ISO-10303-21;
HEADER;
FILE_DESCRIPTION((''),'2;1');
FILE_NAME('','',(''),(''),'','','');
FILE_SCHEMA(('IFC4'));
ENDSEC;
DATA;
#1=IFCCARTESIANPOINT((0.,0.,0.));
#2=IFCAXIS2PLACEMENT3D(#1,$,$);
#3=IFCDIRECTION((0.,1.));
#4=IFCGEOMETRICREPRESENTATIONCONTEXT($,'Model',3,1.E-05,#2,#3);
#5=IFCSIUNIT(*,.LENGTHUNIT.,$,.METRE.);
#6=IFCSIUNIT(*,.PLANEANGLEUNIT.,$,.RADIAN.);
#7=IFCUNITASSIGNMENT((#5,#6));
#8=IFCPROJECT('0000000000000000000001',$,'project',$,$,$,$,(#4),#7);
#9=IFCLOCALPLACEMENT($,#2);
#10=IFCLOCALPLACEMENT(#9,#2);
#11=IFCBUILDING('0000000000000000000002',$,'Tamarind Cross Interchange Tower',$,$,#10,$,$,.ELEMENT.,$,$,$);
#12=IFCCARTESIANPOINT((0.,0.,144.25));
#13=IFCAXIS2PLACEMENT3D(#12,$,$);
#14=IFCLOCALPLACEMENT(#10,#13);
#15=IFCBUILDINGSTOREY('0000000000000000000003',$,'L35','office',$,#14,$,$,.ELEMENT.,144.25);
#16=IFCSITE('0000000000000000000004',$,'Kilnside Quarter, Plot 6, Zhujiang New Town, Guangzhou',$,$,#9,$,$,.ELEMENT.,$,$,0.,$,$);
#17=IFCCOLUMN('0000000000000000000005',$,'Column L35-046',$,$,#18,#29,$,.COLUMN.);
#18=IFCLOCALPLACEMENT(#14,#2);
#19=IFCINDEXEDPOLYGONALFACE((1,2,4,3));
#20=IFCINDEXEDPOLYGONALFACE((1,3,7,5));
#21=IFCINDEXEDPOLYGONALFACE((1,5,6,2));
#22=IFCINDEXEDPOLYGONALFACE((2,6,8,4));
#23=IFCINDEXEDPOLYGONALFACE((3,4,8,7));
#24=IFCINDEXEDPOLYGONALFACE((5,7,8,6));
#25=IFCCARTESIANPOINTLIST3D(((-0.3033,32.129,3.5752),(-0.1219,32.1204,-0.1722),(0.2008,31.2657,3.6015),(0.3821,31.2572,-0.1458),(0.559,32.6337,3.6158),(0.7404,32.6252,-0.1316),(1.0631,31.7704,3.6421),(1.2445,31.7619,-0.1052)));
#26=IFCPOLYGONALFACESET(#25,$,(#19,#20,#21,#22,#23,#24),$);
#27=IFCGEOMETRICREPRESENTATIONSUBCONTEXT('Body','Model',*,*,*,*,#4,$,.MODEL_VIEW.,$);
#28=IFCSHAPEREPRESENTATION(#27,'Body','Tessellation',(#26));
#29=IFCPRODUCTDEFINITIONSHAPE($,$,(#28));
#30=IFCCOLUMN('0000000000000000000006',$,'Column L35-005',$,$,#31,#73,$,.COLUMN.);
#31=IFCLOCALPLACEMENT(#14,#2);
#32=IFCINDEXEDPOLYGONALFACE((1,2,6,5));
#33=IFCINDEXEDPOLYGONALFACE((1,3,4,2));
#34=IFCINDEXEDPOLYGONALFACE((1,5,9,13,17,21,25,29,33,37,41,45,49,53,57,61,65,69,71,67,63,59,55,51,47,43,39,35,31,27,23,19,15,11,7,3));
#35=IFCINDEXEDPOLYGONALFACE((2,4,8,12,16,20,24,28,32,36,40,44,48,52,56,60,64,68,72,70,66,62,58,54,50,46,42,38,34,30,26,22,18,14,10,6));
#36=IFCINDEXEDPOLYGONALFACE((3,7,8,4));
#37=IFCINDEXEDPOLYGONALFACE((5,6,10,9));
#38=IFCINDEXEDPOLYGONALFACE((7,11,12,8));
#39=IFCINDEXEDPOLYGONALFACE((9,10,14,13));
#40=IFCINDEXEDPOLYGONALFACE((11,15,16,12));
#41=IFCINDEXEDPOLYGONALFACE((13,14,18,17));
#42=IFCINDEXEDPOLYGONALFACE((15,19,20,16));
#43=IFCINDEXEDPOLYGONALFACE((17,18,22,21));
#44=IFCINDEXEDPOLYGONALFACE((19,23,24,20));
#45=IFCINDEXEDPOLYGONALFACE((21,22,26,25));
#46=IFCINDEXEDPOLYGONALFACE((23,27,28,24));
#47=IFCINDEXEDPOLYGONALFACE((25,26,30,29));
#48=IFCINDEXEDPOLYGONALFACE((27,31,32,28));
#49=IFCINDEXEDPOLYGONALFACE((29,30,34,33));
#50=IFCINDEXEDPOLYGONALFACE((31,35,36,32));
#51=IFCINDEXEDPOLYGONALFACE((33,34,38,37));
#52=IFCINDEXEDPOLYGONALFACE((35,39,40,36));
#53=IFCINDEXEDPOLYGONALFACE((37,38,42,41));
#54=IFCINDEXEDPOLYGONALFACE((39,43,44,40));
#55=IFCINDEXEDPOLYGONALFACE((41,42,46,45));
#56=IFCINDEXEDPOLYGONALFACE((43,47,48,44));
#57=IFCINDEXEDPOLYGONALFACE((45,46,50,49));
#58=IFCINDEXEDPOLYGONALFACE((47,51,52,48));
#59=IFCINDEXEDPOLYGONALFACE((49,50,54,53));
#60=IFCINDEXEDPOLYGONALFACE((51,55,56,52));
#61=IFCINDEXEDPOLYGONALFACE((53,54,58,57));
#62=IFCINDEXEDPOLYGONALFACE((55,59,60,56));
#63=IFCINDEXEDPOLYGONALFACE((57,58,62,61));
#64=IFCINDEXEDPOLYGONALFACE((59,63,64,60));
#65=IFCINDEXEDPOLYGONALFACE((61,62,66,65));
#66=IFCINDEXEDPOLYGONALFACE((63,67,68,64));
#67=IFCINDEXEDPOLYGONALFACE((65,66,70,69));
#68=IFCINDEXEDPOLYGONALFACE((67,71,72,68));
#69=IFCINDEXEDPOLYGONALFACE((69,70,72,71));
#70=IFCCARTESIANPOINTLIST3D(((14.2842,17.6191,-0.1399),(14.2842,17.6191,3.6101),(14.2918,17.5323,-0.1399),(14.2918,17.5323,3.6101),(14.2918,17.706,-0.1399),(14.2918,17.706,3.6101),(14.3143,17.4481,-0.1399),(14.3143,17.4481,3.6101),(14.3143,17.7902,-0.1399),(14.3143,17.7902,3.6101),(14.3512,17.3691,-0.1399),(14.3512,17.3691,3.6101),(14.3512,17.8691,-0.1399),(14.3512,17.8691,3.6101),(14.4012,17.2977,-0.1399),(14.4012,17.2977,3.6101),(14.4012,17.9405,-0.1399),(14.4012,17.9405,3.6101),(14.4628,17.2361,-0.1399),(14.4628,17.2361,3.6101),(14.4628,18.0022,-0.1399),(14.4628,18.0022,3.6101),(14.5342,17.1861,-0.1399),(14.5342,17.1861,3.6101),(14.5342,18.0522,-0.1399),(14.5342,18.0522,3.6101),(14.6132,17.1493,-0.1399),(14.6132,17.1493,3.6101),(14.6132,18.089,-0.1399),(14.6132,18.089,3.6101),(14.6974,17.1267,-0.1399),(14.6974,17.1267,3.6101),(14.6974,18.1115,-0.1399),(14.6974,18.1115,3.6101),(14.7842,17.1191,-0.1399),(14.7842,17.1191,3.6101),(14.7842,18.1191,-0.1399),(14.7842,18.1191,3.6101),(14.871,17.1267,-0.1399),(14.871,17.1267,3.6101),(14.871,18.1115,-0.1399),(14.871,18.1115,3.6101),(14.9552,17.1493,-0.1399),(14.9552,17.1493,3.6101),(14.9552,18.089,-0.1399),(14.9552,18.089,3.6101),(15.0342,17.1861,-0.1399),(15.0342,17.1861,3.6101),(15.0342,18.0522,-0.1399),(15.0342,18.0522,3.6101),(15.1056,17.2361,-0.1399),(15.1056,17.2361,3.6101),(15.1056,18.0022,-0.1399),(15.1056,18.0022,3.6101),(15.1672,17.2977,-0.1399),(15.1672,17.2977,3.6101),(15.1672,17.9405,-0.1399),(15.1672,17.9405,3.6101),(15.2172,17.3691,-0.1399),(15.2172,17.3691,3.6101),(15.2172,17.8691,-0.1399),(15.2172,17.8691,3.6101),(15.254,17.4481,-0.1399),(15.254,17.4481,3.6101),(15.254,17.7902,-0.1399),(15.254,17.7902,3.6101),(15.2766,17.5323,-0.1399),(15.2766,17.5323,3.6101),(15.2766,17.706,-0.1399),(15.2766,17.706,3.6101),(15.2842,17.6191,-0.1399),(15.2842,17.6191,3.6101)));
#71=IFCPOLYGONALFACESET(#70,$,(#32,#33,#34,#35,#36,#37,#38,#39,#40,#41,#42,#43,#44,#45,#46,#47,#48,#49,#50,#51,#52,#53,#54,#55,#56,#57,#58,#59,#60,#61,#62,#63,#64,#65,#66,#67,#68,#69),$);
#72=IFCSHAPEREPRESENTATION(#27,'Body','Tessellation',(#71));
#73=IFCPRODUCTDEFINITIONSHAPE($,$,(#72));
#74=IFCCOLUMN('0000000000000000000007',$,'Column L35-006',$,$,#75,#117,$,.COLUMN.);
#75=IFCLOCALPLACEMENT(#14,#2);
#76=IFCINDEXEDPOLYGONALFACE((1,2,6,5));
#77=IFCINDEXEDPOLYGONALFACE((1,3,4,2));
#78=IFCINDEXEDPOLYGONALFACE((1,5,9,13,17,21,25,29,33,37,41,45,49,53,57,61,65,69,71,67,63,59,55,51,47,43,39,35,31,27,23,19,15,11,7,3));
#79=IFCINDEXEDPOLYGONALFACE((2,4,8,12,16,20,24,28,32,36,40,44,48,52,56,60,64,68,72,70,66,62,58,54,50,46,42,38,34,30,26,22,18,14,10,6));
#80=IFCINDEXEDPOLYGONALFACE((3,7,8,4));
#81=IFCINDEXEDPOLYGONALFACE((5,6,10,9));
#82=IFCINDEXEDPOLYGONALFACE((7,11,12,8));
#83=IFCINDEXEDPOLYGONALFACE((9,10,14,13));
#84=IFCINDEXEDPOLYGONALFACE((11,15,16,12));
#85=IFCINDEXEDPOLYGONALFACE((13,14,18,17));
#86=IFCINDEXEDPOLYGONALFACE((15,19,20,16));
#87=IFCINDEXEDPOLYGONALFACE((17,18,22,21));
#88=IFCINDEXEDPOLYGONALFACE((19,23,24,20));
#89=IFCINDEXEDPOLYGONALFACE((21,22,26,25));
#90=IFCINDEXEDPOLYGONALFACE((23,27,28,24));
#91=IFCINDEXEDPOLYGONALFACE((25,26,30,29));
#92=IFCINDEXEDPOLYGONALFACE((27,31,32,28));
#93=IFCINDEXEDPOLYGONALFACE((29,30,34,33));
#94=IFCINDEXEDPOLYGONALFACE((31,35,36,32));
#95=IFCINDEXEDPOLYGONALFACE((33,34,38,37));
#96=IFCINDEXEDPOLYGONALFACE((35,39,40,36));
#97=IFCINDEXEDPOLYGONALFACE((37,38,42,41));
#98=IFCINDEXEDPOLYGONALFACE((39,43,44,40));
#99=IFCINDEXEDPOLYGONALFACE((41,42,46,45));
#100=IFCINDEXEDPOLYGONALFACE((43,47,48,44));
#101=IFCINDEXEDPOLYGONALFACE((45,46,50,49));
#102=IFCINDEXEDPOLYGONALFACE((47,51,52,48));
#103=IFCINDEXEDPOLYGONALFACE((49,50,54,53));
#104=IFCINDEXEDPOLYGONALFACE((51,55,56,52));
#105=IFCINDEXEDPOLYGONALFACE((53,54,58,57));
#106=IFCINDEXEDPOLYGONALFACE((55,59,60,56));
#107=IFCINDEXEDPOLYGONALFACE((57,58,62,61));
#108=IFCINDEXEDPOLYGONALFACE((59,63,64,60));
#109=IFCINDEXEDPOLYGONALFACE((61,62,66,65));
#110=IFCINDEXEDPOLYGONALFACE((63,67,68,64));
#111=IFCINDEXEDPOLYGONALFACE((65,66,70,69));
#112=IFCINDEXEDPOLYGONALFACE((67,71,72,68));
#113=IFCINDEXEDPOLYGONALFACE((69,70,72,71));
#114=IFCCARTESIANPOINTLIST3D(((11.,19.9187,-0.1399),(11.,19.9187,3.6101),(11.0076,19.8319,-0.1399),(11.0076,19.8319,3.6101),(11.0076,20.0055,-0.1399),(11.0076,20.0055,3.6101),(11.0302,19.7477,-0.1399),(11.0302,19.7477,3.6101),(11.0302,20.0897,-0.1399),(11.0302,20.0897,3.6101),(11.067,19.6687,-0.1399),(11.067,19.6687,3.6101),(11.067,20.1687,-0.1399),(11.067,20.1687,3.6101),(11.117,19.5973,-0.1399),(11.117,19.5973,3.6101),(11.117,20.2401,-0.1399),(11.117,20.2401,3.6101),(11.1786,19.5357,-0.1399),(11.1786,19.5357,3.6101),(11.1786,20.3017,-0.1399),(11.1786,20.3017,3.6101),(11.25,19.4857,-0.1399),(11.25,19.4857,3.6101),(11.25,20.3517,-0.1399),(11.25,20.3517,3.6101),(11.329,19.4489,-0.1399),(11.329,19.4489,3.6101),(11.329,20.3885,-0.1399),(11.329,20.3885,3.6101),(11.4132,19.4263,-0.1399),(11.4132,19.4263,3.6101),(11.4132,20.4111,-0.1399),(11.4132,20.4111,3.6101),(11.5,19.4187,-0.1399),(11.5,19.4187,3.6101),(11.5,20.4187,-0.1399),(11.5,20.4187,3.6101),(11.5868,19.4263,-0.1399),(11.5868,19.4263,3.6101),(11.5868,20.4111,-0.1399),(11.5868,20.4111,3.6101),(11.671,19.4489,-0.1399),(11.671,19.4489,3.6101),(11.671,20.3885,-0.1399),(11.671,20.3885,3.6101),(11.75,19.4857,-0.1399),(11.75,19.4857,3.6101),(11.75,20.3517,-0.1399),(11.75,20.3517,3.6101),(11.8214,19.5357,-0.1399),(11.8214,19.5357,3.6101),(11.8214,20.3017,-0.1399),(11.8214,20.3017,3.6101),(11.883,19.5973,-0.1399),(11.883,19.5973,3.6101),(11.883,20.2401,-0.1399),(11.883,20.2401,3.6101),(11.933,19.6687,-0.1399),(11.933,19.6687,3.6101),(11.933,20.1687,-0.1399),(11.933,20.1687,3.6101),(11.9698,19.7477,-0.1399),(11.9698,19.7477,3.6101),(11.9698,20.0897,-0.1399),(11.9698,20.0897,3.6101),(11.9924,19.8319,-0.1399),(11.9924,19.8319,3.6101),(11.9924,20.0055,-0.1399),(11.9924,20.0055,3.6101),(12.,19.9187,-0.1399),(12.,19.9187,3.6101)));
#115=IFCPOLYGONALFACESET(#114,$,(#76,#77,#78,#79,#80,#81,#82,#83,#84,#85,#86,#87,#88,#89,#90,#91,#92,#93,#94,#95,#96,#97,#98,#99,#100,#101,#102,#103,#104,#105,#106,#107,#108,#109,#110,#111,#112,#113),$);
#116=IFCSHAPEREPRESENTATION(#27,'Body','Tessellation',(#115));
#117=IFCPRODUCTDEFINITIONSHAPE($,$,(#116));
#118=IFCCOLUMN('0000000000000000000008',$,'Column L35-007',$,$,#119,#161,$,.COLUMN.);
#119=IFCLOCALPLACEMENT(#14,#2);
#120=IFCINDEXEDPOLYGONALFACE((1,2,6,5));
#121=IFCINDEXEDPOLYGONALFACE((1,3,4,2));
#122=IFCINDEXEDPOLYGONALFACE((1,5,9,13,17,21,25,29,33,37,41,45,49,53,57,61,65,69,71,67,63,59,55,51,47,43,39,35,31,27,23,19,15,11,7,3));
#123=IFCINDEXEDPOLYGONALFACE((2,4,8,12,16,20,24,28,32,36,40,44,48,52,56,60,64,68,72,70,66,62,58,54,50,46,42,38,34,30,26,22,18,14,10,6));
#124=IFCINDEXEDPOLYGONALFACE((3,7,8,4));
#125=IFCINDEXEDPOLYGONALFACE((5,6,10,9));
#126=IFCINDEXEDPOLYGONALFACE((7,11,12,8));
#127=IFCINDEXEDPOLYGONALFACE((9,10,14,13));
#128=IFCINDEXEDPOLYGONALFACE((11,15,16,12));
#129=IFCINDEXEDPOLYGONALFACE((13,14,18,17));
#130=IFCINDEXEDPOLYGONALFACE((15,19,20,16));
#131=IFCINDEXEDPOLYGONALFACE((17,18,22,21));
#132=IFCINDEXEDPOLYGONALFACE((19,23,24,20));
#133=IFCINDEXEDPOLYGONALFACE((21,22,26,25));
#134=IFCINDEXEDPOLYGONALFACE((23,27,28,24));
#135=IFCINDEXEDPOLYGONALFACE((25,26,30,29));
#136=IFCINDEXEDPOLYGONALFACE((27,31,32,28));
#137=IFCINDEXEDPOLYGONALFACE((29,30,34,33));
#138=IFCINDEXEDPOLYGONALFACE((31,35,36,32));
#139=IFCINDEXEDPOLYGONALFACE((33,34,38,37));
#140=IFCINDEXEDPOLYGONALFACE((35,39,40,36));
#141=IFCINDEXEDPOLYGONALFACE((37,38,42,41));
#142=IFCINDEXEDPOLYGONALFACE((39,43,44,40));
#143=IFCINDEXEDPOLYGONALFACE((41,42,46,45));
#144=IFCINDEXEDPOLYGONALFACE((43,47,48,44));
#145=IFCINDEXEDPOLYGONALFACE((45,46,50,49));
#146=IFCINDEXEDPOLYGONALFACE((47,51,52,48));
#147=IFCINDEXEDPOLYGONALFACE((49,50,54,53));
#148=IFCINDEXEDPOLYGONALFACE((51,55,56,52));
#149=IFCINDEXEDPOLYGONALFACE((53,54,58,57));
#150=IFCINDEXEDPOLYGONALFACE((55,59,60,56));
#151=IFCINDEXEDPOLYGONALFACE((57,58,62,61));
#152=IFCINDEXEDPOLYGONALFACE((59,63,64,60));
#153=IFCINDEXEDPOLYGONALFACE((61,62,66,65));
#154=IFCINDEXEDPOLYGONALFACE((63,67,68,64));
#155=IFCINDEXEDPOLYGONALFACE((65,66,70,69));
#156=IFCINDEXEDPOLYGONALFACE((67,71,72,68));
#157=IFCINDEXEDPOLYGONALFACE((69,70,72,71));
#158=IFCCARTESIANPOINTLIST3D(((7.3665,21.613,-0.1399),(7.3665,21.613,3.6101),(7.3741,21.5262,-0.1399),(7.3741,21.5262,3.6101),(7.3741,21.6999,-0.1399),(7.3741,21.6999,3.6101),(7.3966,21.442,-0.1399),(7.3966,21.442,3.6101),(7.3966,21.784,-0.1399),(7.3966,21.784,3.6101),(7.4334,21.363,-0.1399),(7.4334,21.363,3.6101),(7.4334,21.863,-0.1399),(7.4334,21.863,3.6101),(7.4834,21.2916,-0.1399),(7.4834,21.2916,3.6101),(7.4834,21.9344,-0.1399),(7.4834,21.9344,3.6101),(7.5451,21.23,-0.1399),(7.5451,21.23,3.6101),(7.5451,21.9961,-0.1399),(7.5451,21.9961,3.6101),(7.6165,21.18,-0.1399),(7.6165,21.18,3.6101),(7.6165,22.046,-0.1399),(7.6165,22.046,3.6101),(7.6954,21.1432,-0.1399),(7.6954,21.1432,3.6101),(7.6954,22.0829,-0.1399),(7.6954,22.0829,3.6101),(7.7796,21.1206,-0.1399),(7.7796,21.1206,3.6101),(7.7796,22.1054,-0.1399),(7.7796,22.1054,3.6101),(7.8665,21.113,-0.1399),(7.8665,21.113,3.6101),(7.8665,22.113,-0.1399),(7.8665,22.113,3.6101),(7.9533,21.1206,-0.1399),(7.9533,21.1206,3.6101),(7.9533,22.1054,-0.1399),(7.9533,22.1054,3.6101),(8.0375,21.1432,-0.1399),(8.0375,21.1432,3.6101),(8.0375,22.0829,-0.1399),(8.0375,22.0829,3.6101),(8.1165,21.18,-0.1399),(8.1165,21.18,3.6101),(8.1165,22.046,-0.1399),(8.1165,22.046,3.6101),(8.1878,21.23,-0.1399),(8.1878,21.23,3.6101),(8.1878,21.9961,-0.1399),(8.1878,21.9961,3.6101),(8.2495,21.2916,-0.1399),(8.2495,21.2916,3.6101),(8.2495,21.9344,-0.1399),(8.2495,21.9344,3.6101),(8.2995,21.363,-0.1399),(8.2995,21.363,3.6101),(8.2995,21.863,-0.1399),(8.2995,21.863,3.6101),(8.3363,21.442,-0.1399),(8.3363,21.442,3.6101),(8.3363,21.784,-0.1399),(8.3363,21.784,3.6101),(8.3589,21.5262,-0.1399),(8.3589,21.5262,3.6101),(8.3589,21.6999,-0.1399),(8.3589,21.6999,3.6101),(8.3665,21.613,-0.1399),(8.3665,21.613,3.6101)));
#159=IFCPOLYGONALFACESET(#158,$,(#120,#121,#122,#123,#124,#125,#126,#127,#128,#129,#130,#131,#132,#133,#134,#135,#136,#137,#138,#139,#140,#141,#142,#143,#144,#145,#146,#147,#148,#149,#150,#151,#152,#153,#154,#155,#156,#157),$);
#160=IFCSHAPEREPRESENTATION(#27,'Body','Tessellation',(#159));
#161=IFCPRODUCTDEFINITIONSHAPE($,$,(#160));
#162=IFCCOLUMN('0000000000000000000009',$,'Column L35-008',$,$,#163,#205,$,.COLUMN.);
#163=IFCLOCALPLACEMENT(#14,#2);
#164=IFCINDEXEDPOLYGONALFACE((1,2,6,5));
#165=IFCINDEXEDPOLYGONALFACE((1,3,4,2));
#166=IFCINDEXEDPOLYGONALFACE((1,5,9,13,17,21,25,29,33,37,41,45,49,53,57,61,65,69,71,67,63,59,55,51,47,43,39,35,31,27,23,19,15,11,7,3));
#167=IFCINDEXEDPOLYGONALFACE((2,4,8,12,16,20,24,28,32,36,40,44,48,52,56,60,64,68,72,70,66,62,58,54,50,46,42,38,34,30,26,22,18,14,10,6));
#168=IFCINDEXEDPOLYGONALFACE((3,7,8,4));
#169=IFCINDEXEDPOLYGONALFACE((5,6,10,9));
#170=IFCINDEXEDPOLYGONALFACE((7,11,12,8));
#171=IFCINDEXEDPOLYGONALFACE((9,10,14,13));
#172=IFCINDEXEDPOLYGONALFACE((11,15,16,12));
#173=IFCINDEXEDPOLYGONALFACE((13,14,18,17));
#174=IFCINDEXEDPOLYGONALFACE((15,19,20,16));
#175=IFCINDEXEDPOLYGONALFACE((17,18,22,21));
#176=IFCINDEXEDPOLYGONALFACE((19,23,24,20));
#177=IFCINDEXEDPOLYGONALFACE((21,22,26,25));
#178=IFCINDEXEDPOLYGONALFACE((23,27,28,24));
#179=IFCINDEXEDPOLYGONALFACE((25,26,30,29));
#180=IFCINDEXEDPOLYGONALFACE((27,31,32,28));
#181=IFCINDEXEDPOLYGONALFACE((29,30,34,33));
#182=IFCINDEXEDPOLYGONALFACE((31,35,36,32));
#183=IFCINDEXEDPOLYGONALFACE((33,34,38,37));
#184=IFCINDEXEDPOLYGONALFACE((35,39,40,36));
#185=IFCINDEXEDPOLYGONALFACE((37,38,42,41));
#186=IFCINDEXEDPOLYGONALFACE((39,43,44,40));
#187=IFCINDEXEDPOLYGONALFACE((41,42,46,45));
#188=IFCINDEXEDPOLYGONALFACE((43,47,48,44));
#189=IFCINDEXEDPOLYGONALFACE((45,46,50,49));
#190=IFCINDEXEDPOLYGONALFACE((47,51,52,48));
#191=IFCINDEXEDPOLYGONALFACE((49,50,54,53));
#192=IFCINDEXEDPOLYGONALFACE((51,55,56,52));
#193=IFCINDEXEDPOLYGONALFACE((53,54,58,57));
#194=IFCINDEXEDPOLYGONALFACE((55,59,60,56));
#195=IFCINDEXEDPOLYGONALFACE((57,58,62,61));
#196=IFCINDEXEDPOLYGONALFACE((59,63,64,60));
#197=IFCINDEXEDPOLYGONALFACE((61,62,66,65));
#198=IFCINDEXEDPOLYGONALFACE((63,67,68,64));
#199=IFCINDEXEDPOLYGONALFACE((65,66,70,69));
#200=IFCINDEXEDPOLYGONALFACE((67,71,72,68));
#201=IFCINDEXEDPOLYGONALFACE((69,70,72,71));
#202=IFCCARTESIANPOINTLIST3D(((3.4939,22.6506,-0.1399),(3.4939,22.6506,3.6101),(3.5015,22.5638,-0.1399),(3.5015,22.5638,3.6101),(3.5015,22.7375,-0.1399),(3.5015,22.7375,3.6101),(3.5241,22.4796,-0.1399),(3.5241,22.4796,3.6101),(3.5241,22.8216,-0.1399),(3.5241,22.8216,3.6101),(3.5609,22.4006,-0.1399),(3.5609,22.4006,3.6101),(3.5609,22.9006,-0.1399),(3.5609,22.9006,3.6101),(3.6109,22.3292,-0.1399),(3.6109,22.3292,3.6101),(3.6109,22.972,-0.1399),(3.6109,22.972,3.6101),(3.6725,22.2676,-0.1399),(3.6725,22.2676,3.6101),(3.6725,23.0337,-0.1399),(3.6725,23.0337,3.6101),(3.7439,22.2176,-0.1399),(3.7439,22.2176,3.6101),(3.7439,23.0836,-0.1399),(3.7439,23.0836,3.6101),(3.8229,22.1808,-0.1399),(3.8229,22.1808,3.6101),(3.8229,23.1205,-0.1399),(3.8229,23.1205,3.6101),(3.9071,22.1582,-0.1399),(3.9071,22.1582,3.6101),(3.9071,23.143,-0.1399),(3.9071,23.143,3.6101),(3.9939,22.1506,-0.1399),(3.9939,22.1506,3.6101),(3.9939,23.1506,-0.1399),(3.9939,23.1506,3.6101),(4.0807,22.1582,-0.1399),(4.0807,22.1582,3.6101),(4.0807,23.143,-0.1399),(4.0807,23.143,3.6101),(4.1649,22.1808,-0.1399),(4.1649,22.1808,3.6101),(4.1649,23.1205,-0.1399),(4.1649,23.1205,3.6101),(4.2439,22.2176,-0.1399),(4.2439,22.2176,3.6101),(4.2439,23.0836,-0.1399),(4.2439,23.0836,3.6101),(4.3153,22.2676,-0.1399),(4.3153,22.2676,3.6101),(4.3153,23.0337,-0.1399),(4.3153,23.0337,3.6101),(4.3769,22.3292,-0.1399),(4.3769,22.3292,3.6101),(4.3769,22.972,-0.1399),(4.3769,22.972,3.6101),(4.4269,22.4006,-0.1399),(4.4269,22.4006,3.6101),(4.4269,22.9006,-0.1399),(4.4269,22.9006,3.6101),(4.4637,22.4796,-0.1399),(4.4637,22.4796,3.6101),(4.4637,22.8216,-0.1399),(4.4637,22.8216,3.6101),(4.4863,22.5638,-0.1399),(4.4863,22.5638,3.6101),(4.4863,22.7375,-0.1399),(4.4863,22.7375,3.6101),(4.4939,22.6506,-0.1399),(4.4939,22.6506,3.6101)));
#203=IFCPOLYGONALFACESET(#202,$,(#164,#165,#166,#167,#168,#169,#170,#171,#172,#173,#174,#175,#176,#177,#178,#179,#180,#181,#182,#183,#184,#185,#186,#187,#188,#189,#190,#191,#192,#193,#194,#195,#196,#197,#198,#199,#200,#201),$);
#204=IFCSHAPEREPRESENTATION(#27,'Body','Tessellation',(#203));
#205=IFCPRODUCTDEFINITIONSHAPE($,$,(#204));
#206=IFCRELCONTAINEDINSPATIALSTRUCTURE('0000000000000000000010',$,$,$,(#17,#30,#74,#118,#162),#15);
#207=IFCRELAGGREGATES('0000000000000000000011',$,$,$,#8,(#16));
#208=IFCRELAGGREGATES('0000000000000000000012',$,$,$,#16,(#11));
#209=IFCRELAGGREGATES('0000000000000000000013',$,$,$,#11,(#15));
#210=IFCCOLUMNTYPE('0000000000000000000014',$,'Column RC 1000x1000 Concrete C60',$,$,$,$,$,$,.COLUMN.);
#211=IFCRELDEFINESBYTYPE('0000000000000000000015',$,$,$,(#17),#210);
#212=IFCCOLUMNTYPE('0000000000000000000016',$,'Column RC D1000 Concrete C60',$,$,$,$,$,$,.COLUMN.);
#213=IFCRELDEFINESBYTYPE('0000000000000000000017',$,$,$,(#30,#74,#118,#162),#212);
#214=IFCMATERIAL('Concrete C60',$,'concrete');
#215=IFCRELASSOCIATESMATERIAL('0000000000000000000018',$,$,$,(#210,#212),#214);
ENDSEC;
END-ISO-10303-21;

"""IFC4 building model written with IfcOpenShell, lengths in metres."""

from ifc_helpers import new_model, si_unit, direction, frame, origin, origin_2d, place, context, subcontext, project, spatial, rectangle, circle, extrude, material, material_profile, profile_set, type_object, element, save


model = new_model("IFC4")

# Units and contexts
model_context = context("Model", 3, precision=1e-05, world=origin(), true_north=direction((0.0, 1.0)))
body_context = subcontext(model_context, "Body", "Model", "MODEL_VIEW")
ifc_project = project(units=[si_unit("LENGTHUNIT", "METRE"), si_unit("PLANEANGLEUNIT", "RADIAN")], contexts=[model_context])

# Site, building, storey
site_placement = place(None, origin())
site = spatial("IfcSite", under=ifc_project, at=site_placement, Name="Kilnside Quarter, Plot 6, Zhujiang New Town, Guangzhou", CompositionType="ELEMENT", RefElevation=0.0)
building_placement = place(site_placement, origin())
building = spatial("IfcBuilding", under=site, at=building_placement, Name="Tamarind Cross Interchange Tower", CompositionType="ELEMENT")
storey_placement = place(building_placement, frame((0.0, 0.0, 144.25)))
storey = spatial("IfcBuildingStorey", under=building, at=storey_placement, Name="L35", Description="office", CompositionType="ELEMENT", Elevation=144.25)

# Columns
ifc_material_1 = material(Name="Concrete C60", Category="concrete")
ifc_material_profile_1 = material_profile(ifc_material_1, rectangle(XDim=1.0, YDim=1.0, at=origin_2d()), Name="RC 1000x1000")
ifc_profile_set_1 = profile_set([ifc_material_profile_1], Name="Concrete C60")
column_type_1 = type_object("IfcColumnType", Name="Column RC 1000x1000 Concrete C60", PredefinedType="COLUMN", material=ifc_profile_set_1)
column_placement = place(storey_placement, frame((0.5613, 31.9412, -0.1387), z_axis=(-0.04835, 0.002278, 0.998828), x_axis=(0.504057, -0.863268, 0.026368)))
element("IfcColumn", 1, at=column_placement, inside=storey, type_object=column_type_1, Name="Column L35-046", PredefinedType="COLUMN", context=body_context, shape_type="SweptSolid", body=[
    extrude(rectangle(XDim=1.0, YDim=1.0, at=origin_2d()), origin(), (0.0, 0.0, 1.0), 3.7517),
])
ifc_material_profile_2 = material_profile(ifc_material_1, circle(Radius=0.5, at=origin_2d()), Name="RC D1000")
ifc_profile_set_2 = profile_set([ifc_material_profile_2], Name="Concrete C60")
column_type_2 = type_object("IfcColumnType", Name="Column RC D1000 Concrete C60", PredefinedType="COLUMN", material=ifc_profile_set_2)
for number, where, z_axis, x_axis, name in (
    (2, (14.7842, 17.6191, -0.1399), (0.0, 0.0, 1.0), (1.0, 0.0, 0.0), "Column L35-005"),
    (3, (11.5, 19.9187, -0.1399), (0.0, 0.0, 1.0), (1.0, 0.0, 0.0), "Column L35-006"),
    (4, (7.8665, 21.613, -0.1399), (0.0, 0.0, 1.0), (1.0, 0.0, 0.0), "Column L35-007"),
    (5, (3.9939, 22.6506, -0.1399), (0.0, 0.0, 1.0), (1.0, 0.0, 0.0), "Column L35-008"),
):
    element("IfcColumn", number, at=place(storey_placement, frame(where, z_axis=z_axis, x_axis=x_axis)), inside=storey, type_object=column_type_2, Name=name, PredefinedType="COLUMN", context=body_context, shape_type="SweptSolid", body=[
        extrude(circle(Radius=0.5, at=origin_2d()), origin(), (0.0, 0.0, 1.0), 3.75),
    ])

save(model, "model.ifc")
